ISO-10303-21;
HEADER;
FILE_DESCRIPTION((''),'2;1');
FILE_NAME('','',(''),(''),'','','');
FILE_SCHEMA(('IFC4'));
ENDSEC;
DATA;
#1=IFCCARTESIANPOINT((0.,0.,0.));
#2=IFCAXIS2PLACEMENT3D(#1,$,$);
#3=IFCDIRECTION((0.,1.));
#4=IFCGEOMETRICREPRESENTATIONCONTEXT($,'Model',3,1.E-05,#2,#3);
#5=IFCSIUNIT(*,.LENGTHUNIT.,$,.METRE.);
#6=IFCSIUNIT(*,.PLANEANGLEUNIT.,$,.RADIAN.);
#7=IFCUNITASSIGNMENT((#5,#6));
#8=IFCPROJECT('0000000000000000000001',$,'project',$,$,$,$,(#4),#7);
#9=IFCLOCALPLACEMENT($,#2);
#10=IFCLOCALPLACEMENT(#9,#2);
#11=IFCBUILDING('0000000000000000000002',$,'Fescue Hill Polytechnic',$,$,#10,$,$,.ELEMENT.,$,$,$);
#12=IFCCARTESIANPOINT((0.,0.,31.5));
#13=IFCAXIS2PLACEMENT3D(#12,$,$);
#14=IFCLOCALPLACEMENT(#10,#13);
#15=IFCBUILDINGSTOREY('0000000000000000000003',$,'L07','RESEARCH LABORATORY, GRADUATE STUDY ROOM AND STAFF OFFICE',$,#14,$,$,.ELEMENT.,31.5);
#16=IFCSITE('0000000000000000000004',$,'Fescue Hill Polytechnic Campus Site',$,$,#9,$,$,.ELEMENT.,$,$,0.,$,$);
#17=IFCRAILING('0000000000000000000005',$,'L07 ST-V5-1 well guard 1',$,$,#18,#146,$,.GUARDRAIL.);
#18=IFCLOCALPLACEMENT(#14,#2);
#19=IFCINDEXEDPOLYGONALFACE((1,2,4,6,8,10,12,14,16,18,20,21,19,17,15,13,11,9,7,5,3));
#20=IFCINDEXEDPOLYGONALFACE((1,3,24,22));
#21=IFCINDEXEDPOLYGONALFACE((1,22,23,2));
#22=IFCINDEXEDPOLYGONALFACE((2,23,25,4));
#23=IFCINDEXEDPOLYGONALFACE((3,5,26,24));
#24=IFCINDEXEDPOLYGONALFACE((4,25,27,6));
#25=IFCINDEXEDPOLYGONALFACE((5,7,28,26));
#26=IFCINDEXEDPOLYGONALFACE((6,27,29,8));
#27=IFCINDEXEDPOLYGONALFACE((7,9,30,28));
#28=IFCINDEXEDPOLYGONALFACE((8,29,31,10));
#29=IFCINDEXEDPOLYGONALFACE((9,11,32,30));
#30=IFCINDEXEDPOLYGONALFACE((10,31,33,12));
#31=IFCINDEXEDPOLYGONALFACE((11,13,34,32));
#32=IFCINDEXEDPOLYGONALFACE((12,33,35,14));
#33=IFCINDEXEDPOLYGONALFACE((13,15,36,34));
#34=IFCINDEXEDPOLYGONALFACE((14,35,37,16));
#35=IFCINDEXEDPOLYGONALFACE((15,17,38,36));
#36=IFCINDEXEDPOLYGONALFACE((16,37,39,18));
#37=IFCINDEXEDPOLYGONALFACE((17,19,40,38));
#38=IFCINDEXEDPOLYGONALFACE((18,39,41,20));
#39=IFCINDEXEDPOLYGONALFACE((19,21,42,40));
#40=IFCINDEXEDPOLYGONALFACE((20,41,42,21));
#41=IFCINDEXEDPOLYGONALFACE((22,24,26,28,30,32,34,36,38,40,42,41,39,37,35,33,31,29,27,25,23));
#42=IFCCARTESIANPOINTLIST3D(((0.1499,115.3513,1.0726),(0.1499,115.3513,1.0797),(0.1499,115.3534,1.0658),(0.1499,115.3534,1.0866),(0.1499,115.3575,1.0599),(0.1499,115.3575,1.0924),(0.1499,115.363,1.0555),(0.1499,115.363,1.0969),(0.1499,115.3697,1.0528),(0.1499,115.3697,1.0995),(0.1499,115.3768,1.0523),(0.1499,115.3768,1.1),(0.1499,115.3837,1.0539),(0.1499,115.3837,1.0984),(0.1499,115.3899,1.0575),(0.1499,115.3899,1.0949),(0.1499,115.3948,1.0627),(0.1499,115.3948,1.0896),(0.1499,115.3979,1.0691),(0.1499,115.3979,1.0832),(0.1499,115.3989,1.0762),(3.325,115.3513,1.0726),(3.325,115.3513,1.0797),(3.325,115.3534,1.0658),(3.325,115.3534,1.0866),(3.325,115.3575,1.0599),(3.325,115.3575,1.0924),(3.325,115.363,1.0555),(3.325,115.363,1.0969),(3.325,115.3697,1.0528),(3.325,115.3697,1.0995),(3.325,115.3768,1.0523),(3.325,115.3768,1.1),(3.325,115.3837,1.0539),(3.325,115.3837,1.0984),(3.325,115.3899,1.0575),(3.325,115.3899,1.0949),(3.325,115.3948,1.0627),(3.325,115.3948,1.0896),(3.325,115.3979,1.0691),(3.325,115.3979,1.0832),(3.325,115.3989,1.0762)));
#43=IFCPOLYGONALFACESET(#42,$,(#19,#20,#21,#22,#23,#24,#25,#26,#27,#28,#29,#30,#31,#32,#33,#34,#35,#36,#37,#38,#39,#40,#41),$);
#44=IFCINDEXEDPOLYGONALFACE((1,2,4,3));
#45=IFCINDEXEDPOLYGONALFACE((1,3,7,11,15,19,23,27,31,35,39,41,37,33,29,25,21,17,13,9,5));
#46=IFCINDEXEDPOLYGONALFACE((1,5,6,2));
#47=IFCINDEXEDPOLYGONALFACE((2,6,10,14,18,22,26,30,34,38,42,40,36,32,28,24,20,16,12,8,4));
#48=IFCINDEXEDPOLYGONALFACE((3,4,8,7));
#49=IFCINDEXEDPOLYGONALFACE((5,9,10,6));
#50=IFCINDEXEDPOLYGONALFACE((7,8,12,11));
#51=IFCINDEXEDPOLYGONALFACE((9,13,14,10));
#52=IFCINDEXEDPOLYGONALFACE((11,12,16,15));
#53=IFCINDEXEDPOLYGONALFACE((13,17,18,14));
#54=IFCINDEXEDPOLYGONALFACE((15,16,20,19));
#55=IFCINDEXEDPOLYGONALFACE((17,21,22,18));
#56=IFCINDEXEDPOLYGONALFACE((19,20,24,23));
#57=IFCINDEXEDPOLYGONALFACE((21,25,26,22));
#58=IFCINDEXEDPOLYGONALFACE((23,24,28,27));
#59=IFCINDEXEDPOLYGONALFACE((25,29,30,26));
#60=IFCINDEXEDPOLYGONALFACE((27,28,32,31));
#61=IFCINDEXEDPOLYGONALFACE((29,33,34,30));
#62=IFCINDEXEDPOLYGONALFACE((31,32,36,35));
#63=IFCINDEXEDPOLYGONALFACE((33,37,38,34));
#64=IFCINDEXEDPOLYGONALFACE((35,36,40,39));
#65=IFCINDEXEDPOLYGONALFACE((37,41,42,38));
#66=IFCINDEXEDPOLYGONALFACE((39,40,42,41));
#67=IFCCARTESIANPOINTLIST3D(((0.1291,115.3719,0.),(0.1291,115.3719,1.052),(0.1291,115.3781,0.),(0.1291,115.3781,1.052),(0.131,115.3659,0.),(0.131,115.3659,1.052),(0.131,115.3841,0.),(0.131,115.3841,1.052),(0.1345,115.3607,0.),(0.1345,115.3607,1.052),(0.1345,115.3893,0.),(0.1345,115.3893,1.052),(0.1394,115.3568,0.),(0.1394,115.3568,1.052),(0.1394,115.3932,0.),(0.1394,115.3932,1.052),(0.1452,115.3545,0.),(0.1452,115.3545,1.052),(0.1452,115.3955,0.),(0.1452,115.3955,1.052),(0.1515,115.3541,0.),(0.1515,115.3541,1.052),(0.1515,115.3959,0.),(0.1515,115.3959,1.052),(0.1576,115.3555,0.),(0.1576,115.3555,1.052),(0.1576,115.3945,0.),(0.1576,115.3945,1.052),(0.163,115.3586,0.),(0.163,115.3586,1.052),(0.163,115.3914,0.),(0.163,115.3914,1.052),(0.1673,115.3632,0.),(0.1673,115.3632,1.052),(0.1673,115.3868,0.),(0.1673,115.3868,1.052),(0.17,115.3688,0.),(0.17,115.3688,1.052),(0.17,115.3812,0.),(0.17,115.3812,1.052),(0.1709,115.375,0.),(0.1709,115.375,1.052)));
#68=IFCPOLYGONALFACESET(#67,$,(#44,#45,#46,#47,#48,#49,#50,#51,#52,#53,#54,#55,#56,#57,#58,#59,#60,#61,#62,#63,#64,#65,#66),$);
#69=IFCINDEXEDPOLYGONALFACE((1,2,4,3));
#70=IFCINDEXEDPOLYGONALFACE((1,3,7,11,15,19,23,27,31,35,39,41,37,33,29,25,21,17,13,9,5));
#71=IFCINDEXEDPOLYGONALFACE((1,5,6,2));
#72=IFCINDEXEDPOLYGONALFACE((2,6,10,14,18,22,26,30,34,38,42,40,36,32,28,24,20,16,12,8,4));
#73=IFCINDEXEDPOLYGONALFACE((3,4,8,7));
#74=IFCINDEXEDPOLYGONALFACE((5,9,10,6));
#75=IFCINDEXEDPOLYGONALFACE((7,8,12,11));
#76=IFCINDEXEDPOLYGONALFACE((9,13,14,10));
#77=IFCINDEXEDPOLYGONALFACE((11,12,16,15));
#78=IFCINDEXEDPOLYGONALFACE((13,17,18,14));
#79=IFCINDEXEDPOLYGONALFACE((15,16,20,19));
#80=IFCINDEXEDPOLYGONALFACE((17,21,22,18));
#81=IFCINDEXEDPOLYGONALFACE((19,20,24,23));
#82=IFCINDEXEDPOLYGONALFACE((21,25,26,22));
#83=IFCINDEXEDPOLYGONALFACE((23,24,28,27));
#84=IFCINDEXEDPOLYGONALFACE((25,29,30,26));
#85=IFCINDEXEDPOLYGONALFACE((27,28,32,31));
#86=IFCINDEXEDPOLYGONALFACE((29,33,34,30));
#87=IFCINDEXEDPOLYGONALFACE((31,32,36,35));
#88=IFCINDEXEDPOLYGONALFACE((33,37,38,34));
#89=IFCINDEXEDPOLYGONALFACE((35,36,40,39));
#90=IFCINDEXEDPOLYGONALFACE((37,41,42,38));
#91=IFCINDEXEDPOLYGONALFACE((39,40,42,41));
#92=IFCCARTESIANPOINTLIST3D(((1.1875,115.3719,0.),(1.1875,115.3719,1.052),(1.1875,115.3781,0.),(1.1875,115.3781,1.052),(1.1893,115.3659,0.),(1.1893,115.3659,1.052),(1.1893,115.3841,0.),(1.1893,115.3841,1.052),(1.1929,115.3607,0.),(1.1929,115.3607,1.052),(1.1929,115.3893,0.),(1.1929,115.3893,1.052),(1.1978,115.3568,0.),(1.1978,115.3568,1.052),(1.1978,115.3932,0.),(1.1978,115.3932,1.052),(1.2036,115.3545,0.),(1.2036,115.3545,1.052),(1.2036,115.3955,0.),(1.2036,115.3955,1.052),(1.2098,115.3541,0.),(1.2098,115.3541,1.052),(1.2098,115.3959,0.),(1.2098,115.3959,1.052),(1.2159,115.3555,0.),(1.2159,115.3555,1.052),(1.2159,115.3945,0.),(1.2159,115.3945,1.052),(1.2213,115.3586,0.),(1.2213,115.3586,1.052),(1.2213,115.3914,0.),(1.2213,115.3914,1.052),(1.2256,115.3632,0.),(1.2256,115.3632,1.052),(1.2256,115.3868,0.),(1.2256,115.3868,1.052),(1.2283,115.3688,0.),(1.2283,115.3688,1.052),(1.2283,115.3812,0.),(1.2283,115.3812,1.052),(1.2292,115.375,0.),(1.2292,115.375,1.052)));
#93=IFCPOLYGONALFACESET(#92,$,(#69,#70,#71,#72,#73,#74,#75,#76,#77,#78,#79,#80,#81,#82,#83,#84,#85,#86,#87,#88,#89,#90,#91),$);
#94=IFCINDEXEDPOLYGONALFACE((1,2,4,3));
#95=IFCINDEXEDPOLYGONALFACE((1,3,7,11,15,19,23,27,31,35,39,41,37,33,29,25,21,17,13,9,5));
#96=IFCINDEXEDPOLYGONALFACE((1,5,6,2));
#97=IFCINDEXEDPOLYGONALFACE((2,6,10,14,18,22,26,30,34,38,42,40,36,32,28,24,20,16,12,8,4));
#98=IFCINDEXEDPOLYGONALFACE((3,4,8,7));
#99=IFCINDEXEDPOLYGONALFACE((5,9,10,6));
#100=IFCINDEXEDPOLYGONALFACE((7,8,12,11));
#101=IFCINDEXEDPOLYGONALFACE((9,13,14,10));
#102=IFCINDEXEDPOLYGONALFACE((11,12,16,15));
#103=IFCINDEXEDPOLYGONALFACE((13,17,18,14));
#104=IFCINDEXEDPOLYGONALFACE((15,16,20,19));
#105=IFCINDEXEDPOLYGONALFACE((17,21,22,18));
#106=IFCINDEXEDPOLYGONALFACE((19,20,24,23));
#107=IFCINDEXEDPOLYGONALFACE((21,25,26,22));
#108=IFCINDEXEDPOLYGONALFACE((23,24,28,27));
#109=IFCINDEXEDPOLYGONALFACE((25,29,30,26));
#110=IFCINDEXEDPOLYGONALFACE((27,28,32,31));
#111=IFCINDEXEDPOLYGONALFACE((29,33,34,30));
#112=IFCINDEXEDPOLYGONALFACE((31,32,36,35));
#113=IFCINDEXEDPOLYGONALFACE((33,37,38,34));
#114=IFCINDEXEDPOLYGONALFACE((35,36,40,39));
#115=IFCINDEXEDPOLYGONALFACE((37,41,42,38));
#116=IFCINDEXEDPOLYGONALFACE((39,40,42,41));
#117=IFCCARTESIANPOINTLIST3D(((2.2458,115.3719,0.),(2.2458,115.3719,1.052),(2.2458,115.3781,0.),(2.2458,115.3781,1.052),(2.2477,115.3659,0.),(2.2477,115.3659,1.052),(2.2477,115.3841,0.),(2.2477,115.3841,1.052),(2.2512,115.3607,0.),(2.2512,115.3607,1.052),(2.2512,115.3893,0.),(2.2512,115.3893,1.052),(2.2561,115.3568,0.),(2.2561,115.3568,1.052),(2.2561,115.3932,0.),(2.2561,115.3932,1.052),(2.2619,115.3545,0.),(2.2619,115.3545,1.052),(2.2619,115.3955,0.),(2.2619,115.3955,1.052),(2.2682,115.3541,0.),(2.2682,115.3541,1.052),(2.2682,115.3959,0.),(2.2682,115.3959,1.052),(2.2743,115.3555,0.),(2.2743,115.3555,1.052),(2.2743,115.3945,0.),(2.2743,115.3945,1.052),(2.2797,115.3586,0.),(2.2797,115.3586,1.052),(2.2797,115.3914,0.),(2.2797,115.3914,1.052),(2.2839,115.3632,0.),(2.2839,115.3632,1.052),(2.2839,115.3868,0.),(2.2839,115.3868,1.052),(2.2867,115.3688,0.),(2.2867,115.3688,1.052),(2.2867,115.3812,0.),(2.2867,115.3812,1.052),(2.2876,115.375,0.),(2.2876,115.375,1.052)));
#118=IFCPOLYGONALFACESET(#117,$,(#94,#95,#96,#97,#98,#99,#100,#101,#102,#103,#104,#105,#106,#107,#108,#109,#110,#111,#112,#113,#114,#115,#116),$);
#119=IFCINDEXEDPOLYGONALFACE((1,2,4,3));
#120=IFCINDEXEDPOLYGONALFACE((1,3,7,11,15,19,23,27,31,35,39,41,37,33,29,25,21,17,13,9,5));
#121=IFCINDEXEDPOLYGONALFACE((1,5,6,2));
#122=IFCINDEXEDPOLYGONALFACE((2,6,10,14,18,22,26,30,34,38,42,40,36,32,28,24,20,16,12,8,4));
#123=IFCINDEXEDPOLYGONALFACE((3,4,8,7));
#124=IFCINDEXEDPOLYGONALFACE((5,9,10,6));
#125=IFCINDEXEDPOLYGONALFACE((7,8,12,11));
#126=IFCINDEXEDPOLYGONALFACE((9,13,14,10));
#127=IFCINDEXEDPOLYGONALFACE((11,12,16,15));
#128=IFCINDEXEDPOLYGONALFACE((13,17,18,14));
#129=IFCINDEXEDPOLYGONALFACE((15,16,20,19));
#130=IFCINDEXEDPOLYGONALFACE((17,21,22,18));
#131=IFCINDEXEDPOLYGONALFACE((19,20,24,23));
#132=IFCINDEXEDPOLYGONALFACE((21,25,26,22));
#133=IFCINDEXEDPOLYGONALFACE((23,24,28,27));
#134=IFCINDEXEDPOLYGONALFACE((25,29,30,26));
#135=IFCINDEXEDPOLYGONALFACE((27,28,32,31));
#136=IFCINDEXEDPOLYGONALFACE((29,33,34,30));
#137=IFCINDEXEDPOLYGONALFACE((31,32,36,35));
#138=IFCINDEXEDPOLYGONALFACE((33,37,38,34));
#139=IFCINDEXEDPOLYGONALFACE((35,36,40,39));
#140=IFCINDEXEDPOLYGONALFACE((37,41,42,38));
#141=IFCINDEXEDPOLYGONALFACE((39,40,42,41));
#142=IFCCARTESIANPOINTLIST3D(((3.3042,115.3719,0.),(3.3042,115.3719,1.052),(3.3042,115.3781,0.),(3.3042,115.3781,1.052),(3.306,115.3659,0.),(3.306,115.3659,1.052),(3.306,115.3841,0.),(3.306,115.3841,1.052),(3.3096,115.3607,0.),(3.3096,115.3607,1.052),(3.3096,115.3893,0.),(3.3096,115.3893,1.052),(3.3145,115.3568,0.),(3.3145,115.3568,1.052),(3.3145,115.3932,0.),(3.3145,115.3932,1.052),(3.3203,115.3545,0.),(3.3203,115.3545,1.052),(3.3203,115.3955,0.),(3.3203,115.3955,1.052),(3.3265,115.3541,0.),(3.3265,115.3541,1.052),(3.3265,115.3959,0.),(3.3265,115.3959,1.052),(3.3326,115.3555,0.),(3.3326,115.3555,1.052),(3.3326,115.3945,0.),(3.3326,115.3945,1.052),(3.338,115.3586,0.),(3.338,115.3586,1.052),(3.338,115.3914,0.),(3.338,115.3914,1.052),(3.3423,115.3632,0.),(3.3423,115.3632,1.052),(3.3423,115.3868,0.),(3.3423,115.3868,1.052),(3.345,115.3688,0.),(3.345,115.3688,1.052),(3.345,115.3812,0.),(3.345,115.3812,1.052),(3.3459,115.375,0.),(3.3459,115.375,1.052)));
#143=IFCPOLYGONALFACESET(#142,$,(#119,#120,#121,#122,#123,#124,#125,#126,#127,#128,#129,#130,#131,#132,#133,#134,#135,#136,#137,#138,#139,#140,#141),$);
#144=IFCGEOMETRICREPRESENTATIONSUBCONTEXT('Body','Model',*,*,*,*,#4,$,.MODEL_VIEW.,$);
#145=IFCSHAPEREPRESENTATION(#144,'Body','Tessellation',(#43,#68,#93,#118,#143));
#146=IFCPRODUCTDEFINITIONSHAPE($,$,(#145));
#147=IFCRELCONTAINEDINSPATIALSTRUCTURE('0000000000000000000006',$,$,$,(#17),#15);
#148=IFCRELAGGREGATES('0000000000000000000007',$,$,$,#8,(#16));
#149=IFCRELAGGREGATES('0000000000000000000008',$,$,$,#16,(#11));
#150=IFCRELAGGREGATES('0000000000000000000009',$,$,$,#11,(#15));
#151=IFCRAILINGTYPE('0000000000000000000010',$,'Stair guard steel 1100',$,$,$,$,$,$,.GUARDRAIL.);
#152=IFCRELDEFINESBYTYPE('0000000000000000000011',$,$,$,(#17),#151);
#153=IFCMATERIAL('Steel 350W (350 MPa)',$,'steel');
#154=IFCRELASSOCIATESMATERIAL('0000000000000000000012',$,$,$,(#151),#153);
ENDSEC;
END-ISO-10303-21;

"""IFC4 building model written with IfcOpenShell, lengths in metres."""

from ifc_helpers import new_model, si_unit, direction, frame, origin, origin_2d, place, context, subcontext, project, spatial, circle, extrude, material, type_object, element, save


model = new_model("IFC4")

# Units and contexts
model_context = context("Model", 3, precision=1e-05, world=origin(), true_north=direction((0.0, 1.0)))
body_context = subcontext(model_context, "Body", "Model", "MODEL_VIEW")
ifc_project = project(units=[si_unit("LENGTHUNIT", "METRE"), si_unit("PLANEANGLEUNIT", "RADIAN")], contexts=[model_context])

# Site, building, storey
site_placement = place(None, origin())
site = spatial("IfcSite", under=ifc_project, at=site_placement, Name="Fescue Hill Polytechnic Campus Site", CompositionType="ELEMENT", RefElevation=0.0)
building_placement = place(site_placement, origin())
building = spatial("IfcBuilding", under=site, at=building_placement, Name="Fescue Hill Polytechnic", CompositionType="ELEMENT")
storey_placement = place(building_placement, frame((0.0, 0.0, 31.5)))
storey = spatial("IfcBuildingStorey", under=building, at=storey_placement, Name="L07", Description="RESEARCH LABORATORY, GRADUATE STUDY ROOM AND STAFF OFFICE", CompositionType="ELEMENT", Elevation=31.5)

# Railing
ifc_material_1 = material(Name="Steel 350W (350 MPa)", Category="steel")
railing_type = type_object("IfcRailingType", Name="Stair guard steel 1100", PredefinedType="GUARDRAIL", material=ifc_material_1)
railing_placement = place(storey_placement, frame((0.1499, 115.375, 0.0)))
element("IfcRailing", 1, at=railing_placement, inside=storey, type_object=railing_type, Name="L07 ST-V5-1 well guard 1", PredefinedType="GUARDRAIL", context=body_context, shape_type="SweptSolid", body=[
    extrude(circle(Radius=0.0239, at=origin_2d()), frame((0.0, 0.0, 1.0762), z_axis=(1.0, 0.0, 0.0), x_axis=(0.0, 1.0, 0.0)), (0.0, 0.0, 1.0), 3.175),
    extrude(circle(Radius=0.021, at=origin_2d()), origin(), (0.0, 0.0, 1.0), 1.052),
    extrude(circle(Radius=0.021, at=origin_2d()), frame((1.0583, 0.0, 0.0)), (0.0, 0.0, 1.0), 1.052),
    extrude(circle(Radius=0.021, at=origin_2d()), frame((2.1167, 0.0, 0.0)), (0.0, 0.0, 1.0), 1.052),
    extrude(circle(Radius=0.021, at=origin_2d()), frame((3.175, 0.0, 0.0)), (0.0, 0.0, 1.0), 1.052),
])

save(model, "model.ifc")
